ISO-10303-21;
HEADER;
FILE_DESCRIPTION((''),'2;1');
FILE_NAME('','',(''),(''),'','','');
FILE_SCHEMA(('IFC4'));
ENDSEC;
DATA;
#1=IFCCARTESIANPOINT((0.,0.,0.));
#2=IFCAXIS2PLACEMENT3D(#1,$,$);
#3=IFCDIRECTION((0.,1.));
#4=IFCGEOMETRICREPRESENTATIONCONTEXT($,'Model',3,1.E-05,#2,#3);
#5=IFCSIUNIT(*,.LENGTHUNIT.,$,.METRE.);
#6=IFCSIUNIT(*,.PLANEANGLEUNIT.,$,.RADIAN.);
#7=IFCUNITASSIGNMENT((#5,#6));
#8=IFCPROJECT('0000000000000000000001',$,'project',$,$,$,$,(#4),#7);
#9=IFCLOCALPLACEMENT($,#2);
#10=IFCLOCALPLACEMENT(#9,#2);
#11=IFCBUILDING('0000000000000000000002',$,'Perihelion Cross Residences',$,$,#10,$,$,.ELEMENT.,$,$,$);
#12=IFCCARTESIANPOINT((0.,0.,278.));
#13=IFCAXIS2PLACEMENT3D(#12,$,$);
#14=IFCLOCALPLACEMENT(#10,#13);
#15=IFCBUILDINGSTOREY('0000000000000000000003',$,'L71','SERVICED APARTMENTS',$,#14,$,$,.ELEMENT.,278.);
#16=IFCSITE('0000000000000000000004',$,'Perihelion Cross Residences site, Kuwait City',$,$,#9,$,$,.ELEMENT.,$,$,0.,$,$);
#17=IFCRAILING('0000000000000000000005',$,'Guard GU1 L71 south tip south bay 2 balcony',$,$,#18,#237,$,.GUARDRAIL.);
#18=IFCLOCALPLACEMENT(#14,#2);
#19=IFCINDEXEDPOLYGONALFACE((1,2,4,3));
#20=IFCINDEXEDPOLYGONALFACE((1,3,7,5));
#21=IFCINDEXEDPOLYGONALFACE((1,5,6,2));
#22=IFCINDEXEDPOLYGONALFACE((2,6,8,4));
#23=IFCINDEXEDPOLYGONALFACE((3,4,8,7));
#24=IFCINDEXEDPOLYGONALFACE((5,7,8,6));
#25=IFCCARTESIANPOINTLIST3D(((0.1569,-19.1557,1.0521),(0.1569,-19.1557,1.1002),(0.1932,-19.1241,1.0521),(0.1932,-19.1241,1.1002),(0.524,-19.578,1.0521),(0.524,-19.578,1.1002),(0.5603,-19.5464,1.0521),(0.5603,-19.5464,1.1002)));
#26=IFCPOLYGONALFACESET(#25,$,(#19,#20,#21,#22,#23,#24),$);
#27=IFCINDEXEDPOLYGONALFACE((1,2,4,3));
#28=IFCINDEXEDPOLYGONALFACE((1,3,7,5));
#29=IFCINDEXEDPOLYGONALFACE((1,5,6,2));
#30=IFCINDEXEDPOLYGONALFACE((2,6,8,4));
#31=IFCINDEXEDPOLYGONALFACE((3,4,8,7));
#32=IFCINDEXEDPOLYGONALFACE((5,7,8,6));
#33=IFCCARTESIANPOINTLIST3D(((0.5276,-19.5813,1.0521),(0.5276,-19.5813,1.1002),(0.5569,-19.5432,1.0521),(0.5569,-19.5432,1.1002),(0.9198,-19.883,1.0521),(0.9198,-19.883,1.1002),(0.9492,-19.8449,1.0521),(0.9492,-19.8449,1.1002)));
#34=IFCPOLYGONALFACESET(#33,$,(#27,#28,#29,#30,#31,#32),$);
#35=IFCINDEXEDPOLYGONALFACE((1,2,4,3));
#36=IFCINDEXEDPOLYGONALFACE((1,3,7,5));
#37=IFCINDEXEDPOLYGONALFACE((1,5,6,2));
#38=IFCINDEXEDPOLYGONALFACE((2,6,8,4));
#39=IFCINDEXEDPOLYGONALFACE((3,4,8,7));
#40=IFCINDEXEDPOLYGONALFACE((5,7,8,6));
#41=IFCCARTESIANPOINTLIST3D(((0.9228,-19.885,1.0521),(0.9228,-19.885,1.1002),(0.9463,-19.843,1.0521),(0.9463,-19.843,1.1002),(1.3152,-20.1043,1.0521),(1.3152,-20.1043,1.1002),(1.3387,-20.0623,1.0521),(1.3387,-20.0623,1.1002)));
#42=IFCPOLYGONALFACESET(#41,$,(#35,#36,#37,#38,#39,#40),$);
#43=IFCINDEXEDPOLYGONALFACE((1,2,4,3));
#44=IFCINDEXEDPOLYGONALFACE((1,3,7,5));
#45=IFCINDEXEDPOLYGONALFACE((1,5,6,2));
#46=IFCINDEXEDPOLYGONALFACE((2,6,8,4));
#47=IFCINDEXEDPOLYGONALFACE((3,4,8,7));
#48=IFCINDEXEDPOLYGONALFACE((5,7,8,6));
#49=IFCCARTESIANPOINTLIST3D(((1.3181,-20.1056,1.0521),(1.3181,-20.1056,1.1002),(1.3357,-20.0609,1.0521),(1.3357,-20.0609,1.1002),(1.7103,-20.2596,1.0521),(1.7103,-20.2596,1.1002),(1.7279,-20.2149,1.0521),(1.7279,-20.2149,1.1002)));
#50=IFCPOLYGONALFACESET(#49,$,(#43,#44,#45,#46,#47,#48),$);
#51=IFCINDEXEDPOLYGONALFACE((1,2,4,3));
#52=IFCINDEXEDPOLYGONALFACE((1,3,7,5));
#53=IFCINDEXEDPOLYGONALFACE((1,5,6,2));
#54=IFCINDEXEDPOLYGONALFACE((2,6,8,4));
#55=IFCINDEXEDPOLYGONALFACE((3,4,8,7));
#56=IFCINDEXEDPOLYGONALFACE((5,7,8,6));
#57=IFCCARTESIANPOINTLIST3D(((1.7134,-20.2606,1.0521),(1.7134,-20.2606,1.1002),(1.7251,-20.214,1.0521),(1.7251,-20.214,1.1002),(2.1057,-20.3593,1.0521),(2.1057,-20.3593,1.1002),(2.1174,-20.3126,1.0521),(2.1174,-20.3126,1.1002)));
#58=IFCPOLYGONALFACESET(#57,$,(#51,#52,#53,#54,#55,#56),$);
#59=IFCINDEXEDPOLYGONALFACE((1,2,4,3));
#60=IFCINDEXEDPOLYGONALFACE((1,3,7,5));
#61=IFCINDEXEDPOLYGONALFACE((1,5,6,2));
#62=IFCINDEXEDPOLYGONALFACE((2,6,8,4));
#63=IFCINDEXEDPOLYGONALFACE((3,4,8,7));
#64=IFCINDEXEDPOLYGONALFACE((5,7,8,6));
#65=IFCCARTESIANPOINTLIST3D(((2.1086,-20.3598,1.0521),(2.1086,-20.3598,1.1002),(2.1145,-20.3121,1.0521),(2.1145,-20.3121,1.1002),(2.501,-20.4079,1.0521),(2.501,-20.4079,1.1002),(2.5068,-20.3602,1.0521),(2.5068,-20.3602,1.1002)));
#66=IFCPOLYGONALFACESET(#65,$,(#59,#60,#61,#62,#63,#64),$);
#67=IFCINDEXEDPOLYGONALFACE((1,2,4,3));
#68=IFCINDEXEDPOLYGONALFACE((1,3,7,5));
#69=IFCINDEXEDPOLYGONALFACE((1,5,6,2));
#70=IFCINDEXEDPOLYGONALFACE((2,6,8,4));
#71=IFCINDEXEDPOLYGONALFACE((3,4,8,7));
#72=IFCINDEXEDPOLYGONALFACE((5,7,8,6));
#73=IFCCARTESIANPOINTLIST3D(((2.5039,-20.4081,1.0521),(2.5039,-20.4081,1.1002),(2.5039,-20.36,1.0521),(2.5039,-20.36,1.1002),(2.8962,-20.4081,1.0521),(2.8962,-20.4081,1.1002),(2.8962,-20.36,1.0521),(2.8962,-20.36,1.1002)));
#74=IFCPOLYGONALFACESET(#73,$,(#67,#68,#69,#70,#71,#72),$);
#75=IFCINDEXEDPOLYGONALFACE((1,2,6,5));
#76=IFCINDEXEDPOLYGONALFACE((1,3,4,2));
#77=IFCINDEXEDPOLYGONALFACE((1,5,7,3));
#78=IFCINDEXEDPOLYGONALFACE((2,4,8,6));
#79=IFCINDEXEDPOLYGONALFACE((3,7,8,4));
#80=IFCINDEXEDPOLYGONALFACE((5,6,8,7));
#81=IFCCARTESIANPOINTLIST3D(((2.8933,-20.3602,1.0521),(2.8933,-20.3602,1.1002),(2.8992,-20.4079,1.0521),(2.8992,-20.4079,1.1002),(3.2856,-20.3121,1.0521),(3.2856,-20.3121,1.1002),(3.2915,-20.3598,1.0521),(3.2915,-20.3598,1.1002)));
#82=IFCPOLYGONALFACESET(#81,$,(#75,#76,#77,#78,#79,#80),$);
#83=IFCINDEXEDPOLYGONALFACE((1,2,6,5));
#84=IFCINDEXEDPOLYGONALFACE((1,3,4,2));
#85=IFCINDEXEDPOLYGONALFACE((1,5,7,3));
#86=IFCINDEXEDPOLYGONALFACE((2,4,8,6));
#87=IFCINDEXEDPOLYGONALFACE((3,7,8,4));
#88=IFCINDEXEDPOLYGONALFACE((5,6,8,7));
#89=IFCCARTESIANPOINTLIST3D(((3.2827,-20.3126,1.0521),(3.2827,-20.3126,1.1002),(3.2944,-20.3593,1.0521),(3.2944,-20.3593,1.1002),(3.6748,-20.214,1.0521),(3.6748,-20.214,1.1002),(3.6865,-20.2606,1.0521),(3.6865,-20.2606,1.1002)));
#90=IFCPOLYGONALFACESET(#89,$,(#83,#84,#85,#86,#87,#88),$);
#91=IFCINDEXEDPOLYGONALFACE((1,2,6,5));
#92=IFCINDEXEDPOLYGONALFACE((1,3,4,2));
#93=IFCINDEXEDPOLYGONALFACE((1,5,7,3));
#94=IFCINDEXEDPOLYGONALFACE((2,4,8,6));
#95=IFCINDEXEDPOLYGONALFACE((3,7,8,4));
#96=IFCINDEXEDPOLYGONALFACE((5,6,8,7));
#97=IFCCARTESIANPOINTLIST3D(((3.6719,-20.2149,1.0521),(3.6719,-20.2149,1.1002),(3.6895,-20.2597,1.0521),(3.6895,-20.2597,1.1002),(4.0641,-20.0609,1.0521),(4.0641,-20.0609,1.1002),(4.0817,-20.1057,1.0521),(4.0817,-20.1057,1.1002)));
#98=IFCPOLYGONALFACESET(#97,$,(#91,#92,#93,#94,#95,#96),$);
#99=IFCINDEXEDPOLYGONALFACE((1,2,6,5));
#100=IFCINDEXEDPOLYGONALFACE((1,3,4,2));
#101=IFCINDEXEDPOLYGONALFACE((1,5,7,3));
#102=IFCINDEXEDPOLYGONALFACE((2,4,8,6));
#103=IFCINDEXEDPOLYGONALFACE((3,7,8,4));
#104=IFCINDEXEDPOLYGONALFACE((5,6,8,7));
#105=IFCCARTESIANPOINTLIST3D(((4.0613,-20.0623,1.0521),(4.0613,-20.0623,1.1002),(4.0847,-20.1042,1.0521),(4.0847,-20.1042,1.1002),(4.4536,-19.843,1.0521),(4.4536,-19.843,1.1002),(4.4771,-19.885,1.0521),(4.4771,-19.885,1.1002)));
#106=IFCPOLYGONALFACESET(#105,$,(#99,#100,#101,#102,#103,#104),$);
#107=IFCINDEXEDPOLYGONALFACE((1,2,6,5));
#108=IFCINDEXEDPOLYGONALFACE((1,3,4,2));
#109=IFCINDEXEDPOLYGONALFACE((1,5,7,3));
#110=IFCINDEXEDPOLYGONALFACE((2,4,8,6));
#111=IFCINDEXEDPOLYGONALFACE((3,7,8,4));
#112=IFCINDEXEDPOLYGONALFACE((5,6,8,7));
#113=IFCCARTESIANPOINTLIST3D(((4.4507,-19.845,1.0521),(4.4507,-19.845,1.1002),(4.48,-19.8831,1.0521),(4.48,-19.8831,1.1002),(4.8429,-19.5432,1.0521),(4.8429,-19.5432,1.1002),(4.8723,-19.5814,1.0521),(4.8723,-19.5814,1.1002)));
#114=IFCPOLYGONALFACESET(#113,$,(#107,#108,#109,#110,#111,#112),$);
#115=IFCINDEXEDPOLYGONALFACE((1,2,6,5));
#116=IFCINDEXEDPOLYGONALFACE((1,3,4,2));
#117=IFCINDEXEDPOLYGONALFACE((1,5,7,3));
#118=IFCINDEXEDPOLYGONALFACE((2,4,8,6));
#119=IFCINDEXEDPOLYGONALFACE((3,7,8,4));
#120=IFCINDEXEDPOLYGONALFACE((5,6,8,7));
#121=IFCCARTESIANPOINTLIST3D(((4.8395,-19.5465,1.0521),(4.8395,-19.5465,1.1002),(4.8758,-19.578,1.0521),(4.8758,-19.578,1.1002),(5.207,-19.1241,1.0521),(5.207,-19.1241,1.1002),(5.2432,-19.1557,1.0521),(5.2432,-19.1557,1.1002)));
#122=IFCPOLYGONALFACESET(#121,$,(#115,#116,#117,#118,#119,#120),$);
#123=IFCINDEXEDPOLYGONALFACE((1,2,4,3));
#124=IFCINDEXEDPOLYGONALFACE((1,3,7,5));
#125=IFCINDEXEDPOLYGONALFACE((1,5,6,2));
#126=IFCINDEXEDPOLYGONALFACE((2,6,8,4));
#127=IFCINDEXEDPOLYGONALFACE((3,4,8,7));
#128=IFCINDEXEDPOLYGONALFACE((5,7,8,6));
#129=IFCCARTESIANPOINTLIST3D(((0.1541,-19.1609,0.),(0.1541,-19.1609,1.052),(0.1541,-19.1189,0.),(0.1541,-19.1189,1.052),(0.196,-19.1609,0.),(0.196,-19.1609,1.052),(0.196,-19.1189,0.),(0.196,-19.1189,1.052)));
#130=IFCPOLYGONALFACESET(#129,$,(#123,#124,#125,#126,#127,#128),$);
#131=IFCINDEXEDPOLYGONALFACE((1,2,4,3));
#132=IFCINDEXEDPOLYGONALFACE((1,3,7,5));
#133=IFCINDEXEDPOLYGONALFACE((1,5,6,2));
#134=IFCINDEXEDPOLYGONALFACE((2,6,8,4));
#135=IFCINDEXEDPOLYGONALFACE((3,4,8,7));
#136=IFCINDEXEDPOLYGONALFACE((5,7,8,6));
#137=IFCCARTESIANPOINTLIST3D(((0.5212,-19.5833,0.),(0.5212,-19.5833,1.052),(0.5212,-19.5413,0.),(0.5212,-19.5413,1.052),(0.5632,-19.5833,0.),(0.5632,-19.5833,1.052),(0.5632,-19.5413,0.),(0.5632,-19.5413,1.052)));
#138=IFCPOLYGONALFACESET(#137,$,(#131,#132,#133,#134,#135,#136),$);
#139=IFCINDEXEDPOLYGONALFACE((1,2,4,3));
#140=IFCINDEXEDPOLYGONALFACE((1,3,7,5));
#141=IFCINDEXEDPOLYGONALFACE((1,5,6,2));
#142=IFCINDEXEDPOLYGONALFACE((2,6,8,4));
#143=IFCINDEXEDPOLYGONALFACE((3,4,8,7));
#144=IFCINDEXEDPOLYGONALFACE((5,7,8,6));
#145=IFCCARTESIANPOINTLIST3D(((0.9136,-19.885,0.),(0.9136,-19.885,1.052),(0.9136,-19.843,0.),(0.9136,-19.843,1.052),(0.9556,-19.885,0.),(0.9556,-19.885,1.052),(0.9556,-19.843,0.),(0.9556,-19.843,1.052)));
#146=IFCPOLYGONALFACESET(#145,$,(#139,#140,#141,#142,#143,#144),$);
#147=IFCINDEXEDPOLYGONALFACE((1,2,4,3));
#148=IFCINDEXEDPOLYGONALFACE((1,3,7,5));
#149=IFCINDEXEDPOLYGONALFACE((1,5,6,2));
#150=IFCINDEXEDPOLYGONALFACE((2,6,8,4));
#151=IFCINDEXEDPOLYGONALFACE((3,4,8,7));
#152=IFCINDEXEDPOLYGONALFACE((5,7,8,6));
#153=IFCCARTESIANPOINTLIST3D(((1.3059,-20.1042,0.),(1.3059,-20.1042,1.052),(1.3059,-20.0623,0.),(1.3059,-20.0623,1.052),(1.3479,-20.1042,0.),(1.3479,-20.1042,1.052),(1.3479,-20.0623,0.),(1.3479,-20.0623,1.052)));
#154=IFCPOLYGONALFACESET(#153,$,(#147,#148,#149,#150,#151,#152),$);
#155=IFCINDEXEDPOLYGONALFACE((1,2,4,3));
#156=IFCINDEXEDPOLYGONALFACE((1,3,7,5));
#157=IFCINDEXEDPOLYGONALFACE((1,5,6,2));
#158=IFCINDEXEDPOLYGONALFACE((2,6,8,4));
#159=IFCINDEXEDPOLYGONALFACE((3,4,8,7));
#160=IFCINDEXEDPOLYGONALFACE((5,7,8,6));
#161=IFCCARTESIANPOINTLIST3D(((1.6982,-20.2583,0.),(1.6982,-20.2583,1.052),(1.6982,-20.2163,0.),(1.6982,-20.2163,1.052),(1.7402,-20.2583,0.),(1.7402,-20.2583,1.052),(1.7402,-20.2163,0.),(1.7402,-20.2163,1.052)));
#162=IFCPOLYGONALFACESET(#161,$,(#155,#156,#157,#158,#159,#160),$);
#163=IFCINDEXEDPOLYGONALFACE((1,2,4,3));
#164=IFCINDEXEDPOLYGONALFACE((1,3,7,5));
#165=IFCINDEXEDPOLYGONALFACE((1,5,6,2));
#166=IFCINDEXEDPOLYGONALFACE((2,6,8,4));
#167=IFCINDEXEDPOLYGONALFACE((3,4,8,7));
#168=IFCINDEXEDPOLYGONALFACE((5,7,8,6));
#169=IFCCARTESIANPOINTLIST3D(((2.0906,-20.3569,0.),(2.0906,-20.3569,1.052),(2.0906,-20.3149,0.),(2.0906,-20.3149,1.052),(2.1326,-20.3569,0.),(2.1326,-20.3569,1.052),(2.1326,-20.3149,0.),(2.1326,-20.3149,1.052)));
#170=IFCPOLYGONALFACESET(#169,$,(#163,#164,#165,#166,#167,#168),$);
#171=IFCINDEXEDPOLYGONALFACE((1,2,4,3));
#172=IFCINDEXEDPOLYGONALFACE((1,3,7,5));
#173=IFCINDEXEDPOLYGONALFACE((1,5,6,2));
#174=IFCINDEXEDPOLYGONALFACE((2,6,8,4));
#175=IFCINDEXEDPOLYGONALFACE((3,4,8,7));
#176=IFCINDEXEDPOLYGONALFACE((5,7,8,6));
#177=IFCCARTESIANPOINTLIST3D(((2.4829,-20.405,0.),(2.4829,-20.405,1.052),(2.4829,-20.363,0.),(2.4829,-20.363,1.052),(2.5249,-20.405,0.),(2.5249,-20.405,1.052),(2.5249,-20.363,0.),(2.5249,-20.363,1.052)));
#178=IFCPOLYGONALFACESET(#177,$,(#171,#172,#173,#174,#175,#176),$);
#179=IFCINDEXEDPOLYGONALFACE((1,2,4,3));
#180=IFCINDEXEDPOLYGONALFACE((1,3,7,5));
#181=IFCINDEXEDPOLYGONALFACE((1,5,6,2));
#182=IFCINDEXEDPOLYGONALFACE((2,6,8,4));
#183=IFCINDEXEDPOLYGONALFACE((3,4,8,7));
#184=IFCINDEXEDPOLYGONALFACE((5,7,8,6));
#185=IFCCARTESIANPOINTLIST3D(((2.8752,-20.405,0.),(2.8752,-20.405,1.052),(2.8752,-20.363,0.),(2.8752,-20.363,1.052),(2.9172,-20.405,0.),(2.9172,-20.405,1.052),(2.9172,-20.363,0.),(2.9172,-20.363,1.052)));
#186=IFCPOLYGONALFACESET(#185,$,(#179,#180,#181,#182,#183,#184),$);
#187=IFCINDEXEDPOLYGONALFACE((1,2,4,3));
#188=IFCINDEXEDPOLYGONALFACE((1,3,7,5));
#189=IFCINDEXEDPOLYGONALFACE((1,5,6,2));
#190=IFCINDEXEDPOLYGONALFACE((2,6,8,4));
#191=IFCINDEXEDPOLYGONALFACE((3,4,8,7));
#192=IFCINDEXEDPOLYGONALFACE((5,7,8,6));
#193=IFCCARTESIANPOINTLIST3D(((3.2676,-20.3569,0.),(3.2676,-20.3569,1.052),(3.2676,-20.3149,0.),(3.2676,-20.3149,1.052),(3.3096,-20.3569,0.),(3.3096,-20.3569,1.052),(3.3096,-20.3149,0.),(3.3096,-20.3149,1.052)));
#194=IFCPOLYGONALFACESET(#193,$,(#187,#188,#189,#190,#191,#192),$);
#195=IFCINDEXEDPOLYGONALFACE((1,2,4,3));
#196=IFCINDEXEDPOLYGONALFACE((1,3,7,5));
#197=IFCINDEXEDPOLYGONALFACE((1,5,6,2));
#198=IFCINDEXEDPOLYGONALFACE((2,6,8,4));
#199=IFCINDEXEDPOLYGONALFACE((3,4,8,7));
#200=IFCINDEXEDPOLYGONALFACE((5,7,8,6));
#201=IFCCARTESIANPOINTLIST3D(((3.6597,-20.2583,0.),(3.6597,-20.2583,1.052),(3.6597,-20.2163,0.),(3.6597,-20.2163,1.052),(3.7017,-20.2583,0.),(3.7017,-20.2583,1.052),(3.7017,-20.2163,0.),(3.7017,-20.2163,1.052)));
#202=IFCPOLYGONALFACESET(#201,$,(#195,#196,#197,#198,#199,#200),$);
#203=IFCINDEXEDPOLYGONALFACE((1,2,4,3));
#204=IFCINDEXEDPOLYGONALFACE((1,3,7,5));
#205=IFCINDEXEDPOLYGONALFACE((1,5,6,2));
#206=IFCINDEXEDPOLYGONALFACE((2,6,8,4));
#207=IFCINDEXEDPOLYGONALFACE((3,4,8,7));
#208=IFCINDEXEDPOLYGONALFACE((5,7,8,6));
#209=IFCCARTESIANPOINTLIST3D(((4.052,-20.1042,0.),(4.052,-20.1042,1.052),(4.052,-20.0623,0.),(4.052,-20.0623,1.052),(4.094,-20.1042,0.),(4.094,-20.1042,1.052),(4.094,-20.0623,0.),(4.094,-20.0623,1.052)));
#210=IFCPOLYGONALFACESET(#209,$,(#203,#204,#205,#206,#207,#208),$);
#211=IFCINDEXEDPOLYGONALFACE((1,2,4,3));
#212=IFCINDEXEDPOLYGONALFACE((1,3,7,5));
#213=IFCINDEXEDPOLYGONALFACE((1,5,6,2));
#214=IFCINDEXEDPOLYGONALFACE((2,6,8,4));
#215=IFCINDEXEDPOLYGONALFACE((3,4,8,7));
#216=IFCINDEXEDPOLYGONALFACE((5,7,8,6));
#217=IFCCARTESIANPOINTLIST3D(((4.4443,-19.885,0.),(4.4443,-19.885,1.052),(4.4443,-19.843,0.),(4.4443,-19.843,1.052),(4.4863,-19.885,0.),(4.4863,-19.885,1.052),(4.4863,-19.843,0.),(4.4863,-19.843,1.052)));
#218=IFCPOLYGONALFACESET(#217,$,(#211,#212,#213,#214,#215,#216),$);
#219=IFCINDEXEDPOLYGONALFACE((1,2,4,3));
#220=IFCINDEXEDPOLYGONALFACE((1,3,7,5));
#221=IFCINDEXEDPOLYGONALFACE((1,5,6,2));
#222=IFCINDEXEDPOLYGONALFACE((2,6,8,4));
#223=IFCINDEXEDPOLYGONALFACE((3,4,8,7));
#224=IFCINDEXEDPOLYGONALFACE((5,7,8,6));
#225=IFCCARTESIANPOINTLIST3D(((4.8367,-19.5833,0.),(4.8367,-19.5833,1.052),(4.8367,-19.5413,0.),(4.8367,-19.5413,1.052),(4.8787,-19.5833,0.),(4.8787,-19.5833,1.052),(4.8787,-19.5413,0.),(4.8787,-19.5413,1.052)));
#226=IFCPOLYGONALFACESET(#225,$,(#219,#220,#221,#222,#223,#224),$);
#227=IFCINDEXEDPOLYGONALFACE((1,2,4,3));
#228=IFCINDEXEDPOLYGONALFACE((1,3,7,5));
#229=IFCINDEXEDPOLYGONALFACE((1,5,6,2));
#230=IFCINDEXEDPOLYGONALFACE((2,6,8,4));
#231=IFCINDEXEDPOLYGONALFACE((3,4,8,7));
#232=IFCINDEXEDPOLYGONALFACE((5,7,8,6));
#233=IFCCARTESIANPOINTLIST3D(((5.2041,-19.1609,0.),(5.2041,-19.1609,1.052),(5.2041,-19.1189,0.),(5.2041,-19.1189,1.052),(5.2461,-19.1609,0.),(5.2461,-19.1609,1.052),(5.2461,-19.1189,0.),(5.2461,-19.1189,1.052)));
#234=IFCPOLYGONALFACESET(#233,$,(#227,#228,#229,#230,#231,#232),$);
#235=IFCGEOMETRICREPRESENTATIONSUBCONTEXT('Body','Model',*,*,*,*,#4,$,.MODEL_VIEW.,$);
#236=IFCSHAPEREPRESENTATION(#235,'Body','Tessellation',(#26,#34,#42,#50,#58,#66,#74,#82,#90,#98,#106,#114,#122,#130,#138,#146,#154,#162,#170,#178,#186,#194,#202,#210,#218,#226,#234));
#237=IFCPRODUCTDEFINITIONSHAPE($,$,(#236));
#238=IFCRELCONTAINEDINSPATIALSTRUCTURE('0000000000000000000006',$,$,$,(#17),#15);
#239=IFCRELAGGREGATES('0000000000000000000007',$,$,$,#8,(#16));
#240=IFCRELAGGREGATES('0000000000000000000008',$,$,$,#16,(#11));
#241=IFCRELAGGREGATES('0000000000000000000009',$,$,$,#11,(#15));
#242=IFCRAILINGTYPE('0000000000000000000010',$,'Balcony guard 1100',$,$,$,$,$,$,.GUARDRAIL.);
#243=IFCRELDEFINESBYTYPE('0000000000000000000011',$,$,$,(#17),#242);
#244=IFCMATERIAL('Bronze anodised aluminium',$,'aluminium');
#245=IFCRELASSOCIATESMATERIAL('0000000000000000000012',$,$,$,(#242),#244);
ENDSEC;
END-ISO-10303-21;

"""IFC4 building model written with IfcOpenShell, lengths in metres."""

from ifc_helpers import new_model, si_unit, direction, frame, origin, origin_2d, place, context, subcontext, project, spatial, rectangle, extrude, material, type_object, element, save


model = new_model("IFC4")

# Units and contexts
model_context = context("Model", 3, precision=1e-05, world=origin(), true_north=direction((0.0, 1.0)))
body_context = subcontext(model_context, "Body", "Model", "MODEL_VIEW")
ifc_project = project(units=[si_unit("LENGTHUNIT", "METRE"), si_unit("PLANEANGLEUNIT", "RADIAN")], contexts=[model_context])

# Site, building, storey
site_placement = place(None, origin())
site = spatial("IfcSite", under=ifc_project, at=site_placement, Name="Perihelion Cross Residences site, Kuwait City", CompositionType="ELEMENT", RefElevation=0.0)
building_placement = place(site_placement, origin())
building = spatial("IfcBuilding", under=site, at=building_placement, Name="Perihelion Cross Residences", CompositionType="ELEMENT")
storey_placement = place(building_placement, frame((0.0, 0.0, 278.0)))
storey = spatial("IfcBuildingStorey", under=building, at=storey_placement, Name="L71", Description="SERVICED APARTMENTS", CompositionType="ELEMENT", Elevation=278.0)

# Railing
ifc_material_1 = material(Name="Bronze anodised aluminium", Category="aluminium")
railing_type = type_object("IfcRailingType", Name="Balcony guard 1100", PredefinedType="GUARDRAIL", material=ifc_material_1)
railing_placement = place(storey_placement, frame((0.175, -19.1399, 0.0)))
element("IfcRailing", 1, at=railing_placement, inside=storey, type_object=railing_type, Name="Guard GU1 L71 south tip south bay 2 balcony", PredefinedType="GUARDRAIL", context=body_context, shape_type="SweptSolid", body=[
    extrude(rectangle(XDim=0.0481, YDim=0.0481, at=origin_2d()), frame((0.0, 0.0, 1.0762), z_axis=(0.656092, -0.754681, 0.0), x_axis=(0.754681, 0.656092, 0.0)), (0.0, 0.0, 1.0), 0.5596),
    extrude(rectangle(XDim=0.0481, YDim=0.0481, at=origin_2d()), frame((0.3672, -0.4224, 1.0762), z_axis=(0.792661, -0.609663, 0.0), x_axis=(0.609663, 0.792661, 0.0)), (0.0, 0.0, 1.0), 0.4949),
    extrude(rectangle(XDim=0.0481, YDim=0.0481, at=origin_2d()), frame((0.7595, -0.7241, 1.0762), z_axis=(0.87295, -0.487809, 0.0), x_axis=(0.487809, 0.87295, 0.0)), (0.0, 0.0, 1.0), 0.4495),
    extrude(rectangle(XDim=0.0481, YDim=0.0481, at=origin_2d()), frame((1.1519, -0.9434, 1.0762), z_axis=(0.930815, -0.365491, 0.0), x_axis=(0.365491, 0.930815, 0.0)), (0.0, 0.0, 1.0), 0.4214),
    extrude(rectangle(XDim=0.0481, YDim=0.0481, at=origin_2d()), frame((1.5442, -1.0974, 1.0762), z_axis=(0.969822, -0.243813, 0.0), x_axis=(0.243813, 0.969822, 0.0)), (0.0, 0.0, 1.0), 0.4045),
    extrude(rectangle(XDim=0.0481, YDim=0.0481, at=origin_2d()), frame((1.9365, -1.196, 1.0762), z_axis=(0.99257, -0.121678, 0.0), x_axis=(0.121678, 0.99257, 0.0)), (0.0, 0.0, 1.0), 0.3953),
    extrude(rectangle(XDim=0.0481, YDim=0.0481, at=origin_2d()), frame((2.3289, -1.2441, 1.0762), z_axis=(1.0, 0.0, 0.0), x_axis=(0.0, 1.0, 0.0)), (0.0, 0.0, 1.0), 0.3923),
    extrude(rectangle(XDim=0.0481, YDim=0.0481, at=origin_2d()), frame((2.7212, -1.2441, 1.0762), z_axis=(0.99257, 0.121678, 0.0), x_axis=(-0.121678, 0.99257, 0.0)), (0.0, 0.0, 1.0), 0.3953),
    extrude(rectangle(XDim=0.0481, YDim=0.0481, at=origin_2d()), frame((3.1135, -1.196, 1.0762), z_axis=(0.969786, 0.243956, 0.0), x_axis=(-0.243956, 0.969786, 0.0)), (0.0, 0.0, 1.0), 0.4043),
    extrude(rectangle(XDim=0.0481, YDim=0.0481, at=origin_2d()), frame((3.5056, -1.0974, 1.0762), z_axis=(0.930815, 0.365491, 0.0), x_axis=(-0.365491, 0.930815, 0.0)), (0.0, 0.0, 1.0), 0.4214),
    extrude(rectangle(XDim=0.0481, YDim=0.0481, at=origin_2d()), frame((3.8979, -0.9434, 1.0762), z_axis=(0.87295, 0.487809, 0.0), x_axis=(-0.487809, 0.87295, 0.0)), (0.0, 0.0, 1.0), 0.4495),
    extrude(rectangle(XDim=0.0481, YDim=0.0481, at=origin_2d()), frame((4.2903, -0.7241, 1.0762), z_axis=(0.792661, 0.609663, 0.0), x_axis=(-0.609663, 0.792661, 0.0)), (0.0, 0.0, 1.0), 0.4949),
    extrude(rectangle(XDim=0.0481, YDim=0.0481, at=origin_2d()), frame((4.6826, -0.4224, 1.0762), z_axis=(0.656341, 0.754465, 0.0), x_axis=(-0.754465, 0.656341, 0.0)), (0.0, 0.0, 1.0), 0.5598),
    extrude(rectangle(XDim=0.042, YDim=0.042, at=origin_2d()), origin(), (0.0, 0.0, 1.0), 1.052),
    extrude(rectangle(XDim=0.042, YDim=0.042, at=origin_2d()), frame((0.3672, -0.4224, 0.0)), (0.0, 0.0, 1.0), 1.052),
    extrude(rectangle(XDim=0.042, YDim=0.042, at=origin_2d()), frame((0.7595, -0.7241, 0.0)), (0.0, 0.0, 1.0), 1.052),
    extrude(rectangle(XDim=0.042, YDim=0.042, at=origin_2d()), frame((1.1519, -0.9434, 0.0)), (0.0, 0.0, 1.0), 1.052),
    extrude(rectangle(XDim=0.042, YDim=0.042, at=origin_2d()), frame((1.5442, -1.0974, 0.0)), (0.0, 0.0, 1.0), 1.052),
    extrude(rectangle(XDim=0.042, YDim=0.042, at=origin_2d()), frame((1.9365, -1.196, 0.0)), (0.0, 0.0, 1.0), 1.052),
    extrude(rectangle(XDim=0.042, YDim=0.042, at=origin_2d()), frame((2.3289, -1.2441, 0.0)), (0.0, 0.0, 1.0), 1.052),
    extrude(rectangle(XDim=0.042, YDim=0.042, at=origin_2d()), frame((2.7212, -1.2441, 0.0)), (0.0, 0.0, 1.0), 1.052),
    extrude(rectangle(XDim=0.042, YDim=0.042, at=origin_2d()), frame((3.1135, -1.196, 0.0)), (0.0, 0.0, 1.0), 1.052),
    extrude(rectangle(XDim=0.042, YDim=0.042, at=origin_2d()), frame((3.5056, -1.0974, 0.0)), (0.0, 0.0, 1.0), 1.052),
    extrude(rectangle(XDim=0.042, YDim=0.042, at=origin_2d()), frame((3.8979, -0.9434, 0.0)), (0.0, 0.0, 1.0), 1.052),
    extrude(rectangle(XDim=0.042, YDim=0.042, at=origin_2d()), frame((4.2903, -0.7241, 0.0)), (0.0, 0.0, 1.0), 1.052),
    extrude(rectangle(XDim=0.042, YDim=0.042, at=origin_2d()), frame((4.6826, -0.4224, 0.0)), (0.0, 0.0, 1.0), 1.052),
    extrude(rectangle(XDim=0.042, YDim=0.042, at=origin_2d()), frame((5.05, 0.0, 0.0)), (0.0, 0.0, 1.0), 1.052),
])

save(model, "model.ifc")
